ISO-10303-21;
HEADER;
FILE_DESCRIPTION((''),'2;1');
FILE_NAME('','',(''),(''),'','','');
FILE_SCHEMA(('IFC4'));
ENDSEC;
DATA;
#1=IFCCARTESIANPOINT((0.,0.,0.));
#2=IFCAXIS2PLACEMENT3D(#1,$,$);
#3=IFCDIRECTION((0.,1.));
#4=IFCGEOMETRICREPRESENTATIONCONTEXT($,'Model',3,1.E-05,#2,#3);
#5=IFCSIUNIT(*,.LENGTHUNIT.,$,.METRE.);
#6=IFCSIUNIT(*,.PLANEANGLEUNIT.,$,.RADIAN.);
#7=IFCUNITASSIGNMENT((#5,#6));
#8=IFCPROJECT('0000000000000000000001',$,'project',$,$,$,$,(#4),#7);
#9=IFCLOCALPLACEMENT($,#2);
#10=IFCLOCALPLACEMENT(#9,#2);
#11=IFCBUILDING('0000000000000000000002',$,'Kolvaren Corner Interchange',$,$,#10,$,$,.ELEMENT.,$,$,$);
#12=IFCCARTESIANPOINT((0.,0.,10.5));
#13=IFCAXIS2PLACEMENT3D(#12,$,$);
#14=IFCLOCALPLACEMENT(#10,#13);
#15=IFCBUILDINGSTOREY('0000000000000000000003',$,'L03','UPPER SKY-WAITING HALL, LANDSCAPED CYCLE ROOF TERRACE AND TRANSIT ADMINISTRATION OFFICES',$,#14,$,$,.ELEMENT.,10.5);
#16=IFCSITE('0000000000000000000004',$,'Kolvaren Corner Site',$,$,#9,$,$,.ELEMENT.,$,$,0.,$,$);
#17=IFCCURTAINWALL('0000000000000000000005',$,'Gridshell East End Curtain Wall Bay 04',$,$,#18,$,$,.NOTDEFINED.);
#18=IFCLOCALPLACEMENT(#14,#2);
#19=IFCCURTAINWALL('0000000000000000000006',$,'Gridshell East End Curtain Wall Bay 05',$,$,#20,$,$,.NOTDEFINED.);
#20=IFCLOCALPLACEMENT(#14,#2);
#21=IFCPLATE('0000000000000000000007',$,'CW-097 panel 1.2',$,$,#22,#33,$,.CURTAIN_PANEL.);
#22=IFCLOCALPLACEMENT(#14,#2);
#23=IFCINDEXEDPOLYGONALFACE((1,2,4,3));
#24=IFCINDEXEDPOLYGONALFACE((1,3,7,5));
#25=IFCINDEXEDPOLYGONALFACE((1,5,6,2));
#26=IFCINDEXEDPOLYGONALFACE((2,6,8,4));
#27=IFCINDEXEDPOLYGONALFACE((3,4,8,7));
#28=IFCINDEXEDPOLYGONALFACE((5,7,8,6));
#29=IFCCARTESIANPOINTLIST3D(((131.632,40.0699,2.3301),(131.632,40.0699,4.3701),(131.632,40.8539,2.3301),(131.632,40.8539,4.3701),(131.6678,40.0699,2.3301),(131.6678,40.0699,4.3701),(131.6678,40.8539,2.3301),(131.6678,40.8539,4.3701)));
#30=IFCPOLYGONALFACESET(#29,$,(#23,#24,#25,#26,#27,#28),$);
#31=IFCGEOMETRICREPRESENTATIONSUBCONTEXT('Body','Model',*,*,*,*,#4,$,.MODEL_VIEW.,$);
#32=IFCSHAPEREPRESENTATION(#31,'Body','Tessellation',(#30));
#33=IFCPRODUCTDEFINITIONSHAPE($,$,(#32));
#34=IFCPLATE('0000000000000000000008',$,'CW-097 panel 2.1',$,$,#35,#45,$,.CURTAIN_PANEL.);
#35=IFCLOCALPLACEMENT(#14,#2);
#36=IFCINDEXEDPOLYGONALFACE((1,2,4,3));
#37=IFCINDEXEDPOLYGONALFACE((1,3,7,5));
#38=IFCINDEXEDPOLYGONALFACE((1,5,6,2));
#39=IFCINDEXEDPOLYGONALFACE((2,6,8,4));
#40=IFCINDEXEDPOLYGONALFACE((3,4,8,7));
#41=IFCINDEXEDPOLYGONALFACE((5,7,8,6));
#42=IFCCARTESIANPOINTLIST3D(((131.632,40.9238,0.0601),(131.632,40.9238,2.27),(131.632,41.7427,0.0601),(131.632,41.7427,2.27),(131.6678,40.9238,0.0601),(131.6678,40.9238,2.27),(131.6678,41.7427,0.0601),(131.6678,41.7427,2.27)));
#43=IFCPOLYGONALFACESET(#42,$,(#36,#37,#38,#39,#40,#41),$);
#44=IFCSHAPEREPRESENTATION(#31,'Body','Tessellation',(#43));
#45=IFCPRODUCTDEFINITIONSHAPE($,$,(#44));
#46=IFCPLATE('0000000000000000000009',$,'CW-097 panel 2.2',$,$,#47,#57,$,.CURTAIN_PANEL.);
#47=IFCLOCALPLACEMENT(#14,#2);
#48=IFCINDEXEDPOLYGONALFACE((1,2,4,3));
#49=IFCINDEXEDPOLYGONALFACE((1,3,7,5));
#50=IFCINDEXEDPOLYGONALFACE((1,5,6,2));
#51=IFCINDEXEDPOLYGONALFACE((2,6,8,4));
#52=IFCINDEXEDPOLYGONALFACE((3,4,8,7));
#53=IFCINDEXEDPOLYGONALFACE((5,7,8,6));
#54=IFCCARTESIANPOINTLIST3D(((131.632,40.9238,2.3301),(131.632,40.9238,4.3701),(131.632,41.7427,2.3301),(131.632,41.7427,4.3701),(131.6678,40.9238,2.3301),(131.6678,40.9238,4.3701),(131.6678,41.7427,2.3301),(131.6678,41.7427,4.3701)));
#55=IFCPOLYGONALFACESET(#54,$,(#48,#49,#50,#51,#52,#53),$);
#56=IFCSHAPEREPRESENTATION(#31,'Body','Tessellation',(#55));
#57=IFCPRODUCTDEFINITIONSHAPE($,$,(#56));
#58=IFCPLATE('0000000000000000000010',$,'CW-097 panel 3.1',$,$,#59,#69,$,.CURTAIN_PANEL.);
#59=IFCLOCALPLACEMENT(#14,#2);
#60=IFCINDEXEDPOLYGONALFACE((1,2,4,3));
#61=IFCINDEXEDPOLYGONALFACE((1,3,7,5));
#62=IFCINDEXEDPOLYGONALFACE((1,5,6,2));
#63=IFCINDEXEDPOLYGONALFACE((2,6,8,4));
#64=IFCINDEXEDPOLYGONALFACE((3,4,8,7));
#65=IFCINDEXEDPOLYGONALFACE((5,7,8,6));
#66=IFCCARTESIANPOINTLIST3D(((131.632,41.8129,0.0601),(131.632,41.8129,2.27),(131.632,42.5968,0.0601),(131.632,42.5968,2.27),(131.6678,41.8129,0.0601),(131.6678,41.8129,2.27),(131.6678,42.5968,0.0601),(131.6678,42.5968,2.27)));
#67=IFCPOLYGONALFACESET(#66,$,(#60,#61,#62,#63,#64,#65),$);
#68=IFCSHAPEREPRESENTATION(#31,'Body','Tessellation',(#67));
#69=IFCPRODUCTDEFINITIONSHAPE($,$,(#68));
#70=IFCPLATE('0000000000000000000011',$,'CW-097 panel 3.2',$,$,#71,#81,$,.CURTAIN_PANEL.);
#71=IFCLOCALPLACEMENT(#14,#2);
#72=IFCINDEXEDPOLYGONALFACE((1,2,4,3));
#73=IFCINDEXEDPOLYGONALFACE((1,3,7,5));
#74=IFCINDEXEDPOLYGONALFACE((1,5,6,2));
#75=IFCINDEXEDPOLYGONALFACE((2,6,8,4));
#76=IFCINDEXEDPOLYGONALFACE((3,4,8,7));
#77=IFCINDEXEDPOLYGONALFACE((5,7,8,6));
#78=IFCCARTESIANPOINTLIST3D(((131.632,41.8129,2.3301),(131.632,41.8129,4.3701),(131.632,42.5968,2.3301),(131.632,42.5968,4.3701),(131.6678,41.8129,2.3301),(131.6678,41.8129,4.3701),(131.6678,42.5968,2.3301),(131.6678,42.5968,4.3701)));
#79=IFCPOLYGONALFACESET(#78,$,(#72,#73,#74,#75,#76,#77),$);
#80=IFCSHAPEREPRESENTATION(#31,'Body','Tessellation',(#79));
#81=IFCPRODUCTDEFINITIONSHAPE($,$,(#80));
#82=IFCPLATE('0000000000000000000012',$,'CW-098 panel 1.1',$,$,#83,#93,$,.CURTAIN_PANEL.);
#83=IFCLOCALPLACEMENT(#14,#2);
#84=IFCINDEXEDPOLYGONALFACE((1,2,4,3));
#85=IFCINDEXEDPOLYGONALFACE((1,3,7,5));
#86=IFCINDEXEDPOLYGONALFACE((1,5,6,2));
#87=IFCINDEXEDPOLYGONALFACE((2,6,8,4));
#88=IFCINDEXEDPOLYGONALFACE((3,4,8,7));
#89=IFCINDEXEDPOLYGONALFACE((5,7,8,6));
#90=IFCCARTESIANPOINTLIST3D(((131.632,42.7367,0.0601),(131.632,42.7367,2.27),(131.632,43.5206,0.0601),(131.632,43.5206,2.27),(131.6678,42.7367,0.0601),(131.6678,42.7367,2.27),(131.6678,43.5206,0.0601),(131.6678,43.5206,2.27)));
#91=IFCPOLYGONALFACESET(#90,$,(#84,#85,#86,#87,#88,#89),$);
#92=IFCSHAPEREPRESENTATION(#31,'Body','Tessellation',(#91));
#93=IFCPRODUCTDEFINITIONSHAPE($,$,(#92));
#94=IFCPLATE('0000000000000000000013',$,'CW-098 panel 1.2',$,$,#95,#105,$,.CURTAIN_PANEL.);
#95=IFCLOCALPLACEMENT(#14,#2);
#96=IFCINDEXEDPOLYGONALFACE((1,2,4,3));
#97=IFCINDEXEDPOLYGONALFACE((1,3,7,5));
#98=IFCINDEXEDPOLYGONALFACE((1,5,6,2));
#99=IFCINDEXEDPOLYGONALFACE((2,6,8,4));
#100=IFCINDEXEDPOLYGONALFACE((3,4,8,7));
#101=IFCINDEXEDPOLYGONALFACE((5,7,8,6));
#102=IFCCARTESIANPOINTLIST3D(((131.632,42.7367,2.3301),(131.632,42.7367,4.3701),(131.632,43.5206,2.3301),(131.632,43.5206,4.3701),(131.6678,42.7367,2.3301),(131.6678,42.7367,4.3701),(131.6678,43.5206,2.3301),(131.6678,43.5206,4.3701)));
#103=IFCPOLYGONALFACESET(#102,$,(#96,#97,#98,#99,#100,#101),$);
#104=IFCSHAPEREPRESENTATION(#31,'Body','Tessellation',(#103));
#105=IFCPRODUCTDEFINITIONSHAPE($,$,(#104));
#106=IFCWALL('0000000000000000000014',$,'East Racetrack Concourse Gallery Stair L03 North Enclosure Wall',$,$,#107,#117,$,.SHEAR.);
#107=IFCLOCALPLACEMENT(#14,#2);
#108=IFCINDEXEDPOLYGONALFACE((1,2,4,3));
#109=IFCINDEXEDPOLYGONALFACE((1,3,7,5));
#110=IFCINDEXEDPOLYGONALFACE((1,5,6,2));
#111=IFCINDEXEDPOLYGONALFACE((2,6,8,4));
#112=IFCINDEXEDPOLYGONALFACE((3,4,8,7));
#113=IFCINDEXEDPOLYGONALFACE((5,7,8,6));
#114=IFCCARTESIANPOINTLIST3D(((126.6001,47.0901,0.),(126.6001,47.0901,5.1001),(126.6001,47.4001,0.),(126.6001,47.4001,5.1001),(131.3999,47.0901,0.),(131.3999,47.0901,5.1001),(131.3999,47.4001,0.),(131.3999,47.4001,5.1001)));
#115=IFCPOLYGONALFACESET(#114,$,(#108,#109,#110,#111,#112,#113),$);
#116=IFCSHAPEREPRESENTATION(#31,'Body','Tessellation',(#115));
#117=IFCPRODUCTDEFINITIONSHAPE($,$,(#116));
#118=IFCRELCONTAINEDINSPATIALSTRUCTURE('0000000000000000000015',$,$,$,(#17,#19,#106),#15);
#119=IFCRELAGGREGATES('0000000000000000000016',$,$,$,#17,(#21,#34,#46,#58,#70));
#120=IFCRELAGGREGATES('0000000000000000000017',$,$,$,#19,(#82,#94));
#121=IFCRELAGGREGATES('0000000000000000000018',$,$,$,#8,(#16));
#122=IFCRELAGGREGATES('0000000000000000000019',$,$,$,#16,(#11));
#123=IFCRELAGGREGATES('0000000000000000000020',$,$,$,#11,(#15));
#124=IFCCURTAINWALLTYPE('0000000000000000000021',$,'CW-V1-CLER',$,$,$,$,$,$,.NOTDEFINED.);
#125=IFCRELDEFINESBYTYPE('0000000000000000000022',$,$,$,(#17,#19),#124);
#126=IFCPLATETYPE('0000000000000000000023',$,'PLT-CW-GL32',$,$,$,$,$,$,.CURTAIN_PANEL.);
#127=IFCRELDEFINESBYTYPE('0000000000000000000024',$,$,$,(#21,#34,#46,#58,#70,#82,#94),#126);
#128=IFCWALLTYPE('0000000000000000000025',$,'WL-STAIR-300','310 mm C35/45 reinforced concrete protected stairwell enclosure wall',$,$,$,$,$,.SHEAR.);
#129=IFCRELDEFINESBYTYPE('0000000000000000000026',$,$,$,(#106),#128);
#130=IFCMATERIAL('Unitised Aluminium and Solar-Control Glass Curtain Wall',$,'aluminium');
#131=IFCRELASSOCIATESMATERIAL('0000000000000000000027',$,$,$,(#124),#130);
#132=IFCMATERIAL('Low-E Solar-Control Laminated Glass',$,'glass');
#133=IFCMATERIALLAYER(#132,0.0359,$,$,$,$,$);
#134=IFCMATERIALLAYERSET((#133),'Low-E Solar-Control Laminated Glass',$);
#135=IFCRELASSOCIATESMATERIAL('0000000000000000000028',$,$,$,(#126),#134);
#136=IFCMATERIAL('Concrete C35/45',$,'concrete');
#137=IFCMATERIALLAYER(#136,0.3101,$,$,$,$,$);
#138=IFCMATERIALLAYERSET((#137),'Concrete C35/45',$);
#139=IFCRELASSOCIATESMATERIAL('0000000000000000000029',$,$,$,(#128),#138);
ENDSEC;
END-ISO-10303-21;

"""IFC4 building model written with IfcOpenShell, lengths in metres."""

from ifc_helpers import new_model, si_unit, direction, frame, frame_2d, origin, origin_2d, place, context, subcontext, project, spatial, rectangle, extrude, material, layer, layer_set, type_object, element, aggregate, save


model = new_model("IFC4")

# Units and contexts
model_context = context("Model", 3, precision=1e-05, world=origin(), true_north=direction((0.0, 1.0)))
body_context = subcontext(model_context, "Body", "Model", "MODEL_VIEW")
ifc_project = project(units=[si_unit("LENGTHUNIT", "METRE"), si_unit("PLANEANGLEUNIT", "RADIAN")], contexts=[model_context])

# Site, building, storey
site_placement = place(None, origin())
site = spatial("IfcSite", under=ifc_project, at=site_placement, Name="Kolvaren Corner Site", CompositionType="ELEMENT", RefElevation=0.0)
building_placement = place(site_placement, origin())
building = spatial("IfcBuilding", under=site, at=building_placement, Name="Kolvaren Corner Interchange", CompositionType="ELEMENT")
storey_placement = place(building_placement, frame((0.0, 0.0, 10.5)))
storey = spatial("IfcBuildingStorey", under=building, at=storey_placement, Name="L03", Description="UPPER SKY-WAITING HALL, LANDSCAPED CYCLE ROOF TERRACE AND TRANSIT ADMINISTRATION OFFICES", CompositionType="ELEMENT", Elevation=10.5)

# Curtain wall
ifc_material_1 = material(Name="Unitised Aluminium and Solar-Control Glass Curtain Wall", Category="aluminium")
curtain_wall_type = type_object("IfcCurtainWallType", Name="CW-V1-CLER", PredefinedType="NOTDEFINED", material=ifc_material_1)
curtain_wall_1_placement = place(storey_placement, origin())
curtain_wall_1 = element("IfcCurtainWall", 1, at=curtain_wall_1_placement, inside=storey, type_object=curtain_wall_type, Name="Gridshell East End Curtain Wall Bay 04", PredefinedType="NOTDEFINED")

# Curtain wall
curtain_wall_2_placement = place(storey_placement, origin())
curtain_wall_2 = element("IfcCurtainWall", 2, at=curtain_wall_2_placement, inside=storey, type_object=curtain_wall_type, Name="Gridshell East End Curtain Wall Bay 05", PredefinedType="NOTDEFINED")

# Plates
ifc_material_2 = material(Name="Low-E Solar-Control Laminated Glass", Category="glass")
ifc_layer_1 = layer(ifc_material_2, 0.0359)
ifc_layer_set_1 = layer_set([ifc_layer_1], Name="Low-E Solar-Control Laminated Glass")
plate_type = type_object("IfcPlateType", Name="PLT-CW-GL32", PredefinedType="CURTAIN_PANEL", material=ifc_layer_set_1)
plate_1_placement = place(storey_placement, frame((131.6499, 40.4619, 2.3301), z_axis=(0.0, 0.0, 1.0), x_axis=(0.0, 1.0, 0.0)))
plate_1 = element("IfcPlate", 3, at=plate_1_placement, type_object=plate_type, Name="CW-097 panel 1.2", PredefinedType="CURTAIN_PANEL", context=body_context, shape_type="SweptSolid", body=[
    extrude(rectangle(XDim=0.7839, YDim=0.0359, at=origin_2d()), origin(), (0.0, 0.0, 1.0), 2.04),
])
plate_2_placement = place(storey_placement, frame((131.6499, 41.3333, 0.0601), z_axis=(0.0, 0.0, 1.0), x_axis=(0.0, 1.0, 0.0)))
plate_2 = element("IfcPlate", 4, at=plate_2_placement, type_object=plate_type, Name="CW-097 panel 2.1", PredefinedType="CURTAIN_PANEL", context=body_context, shape_type="SweptSolid", body=[
    extrude(rectangle(XDim=0.8188, YDim=0.0359, at=origin_2d()), origin(), (0.0, 0.0, 1.0), 2.21),
])
plate_3_placement = place(storey_placement, frame((131.6499, 41.3333, 2.3301), z_axis=(0.0, 0.0, 1.0), x_axis=(0.0, 1.0, 0.0)))
plate_3 = element("IfcPlate", 5, at=plate_3_placement, type_object=plate_type, Name="CW-097 panel 2.2", PredefinedType="CURTAIN_PANEL", context=body_context, shape_type="SweptSolid", body=[
    extrude(rectangle(XDim=0.8188, YDim=0.0359, at=origin_2d()), origin(), (0.0, 0.0, 1.0), 2.04),
])
plate_4_placement = place(storey_placement, frame((131.6499, 42.2048, 0.0601), z_axis=(0.0, 0.0, 1.0), x_axis=(0.0, 1.0, 0.0)))
plate_4 = element("IfcPlate", 6, at=plate_4_placement, type_object=plate_type, Name="CW-097 panel 3.1", PredefinedType="CURTAIN_PANEL", context=body_context, shape_type="SweptSolid", body=[
    extrude(rectangle(XDim=0.7839, YDim=0.0359, at=origin_2d()), origin(), (0.0, 0.0, 1.0), 2.21),
])
plate_5_placement = place(storey_placement, frame((131.6499, 42.2048, 2.3301), z_axis=(0.0, 0.0, 1.0), x_axis=(0.0, 1.0, 0.0)))
plate_5 = element("IfcPlate", 7, at=plate_5_placement, type_object=plate_type, Name="CW-097 panel 3.2", PredefinedType="CURTAIN_PANEL", context=body_context, shape_type="SweptSolid", body=[
    extrude(rectangle(XDim=0.7839, YDim=0.0359, at=origin_2d()), origin(), (0.0, 0.0, 1.0), 2.04),
])
aggregate(curtain_wall_1, [plate_1, plate_2, plate_3, plate_4, plate_5])
plate_6_placement = place(storey_placement, frame((131.6499, 43.1287, 0.0601), z_axis=(0.0, 0.0, 1.0), x_axis=(0.0, 1.0, 0.0)))
plate_6 = element("IfcPlate", 8, at=plate_6_placement, type_object=plate_type, Name="CW-098 panel 1.1", PredefinedType="CURTAIN_PANEL", context=body_context, shape_type="SweptSolid", body=[
    extrude(rectangle(XDim=0.7839, YDim=0.0359, at=origin_2d()), origin(), (0.0, 0.0, 1.0), 2.21),
])
plate_7_placement = place(storey_placement, frame((131.6499, 43.1287, 2.3301), z_axis=(0.0, 0.0, 1.0), x_axis=(0.0, 1.0, 0.0)))
plate_7 = element("IfcPlate", 9, at=plate_7_placement, type_object=plate_type, Name="CW-098 panel 1.2", PredefinedType="CURTAIN_PANEL", context=body_context, shape_type="SweptSolid", body=[
    extrude(rectangle(XDim=0.7839, YDim=0.0359, at=origin_2d()), origin(), (0.0, 0.0, 1.0), 2.04),
])
aggregate(curtain_wall_2, [plate_6, plate_7])

# Wall
ifc_material_3 = material(Name="Concrete C35/45", Category="concrete")
ifc_layer_2 = layer(ifc_material_3, 0.3101)
ifc_layer_set_2 = layer_set([ifc_layer_2], Name="Concrete C35/45")
wall_type = type_object("IfcWallType", Name="WL-STAIR-300", Description="310 mm C35/45 reinforced concrete protected stairwell enclosure wall", PredefinedType="SHEAR", material=ifc_layer_set_2)
wall_placement = place(storey_placement, frame((126.6001, 47.2451, 0.0), z_axis=(0.0, 0.0, 1.0), x_axis=(1.0, 0.0, 0.0)))
element("IfcWall", 10, at=wall_placement, inside=storey, type_object=wall_type, Name="East Racetrack Concourse Gallery Stair L03 North Enclosure Wall", PredefinedType="SHEAR", context=body_context, shape_type="SweptSolid", body=[
    extrude(rectangle(XDim=4.7998, YDim=0.3101, at=frame_2d((2.3999, 0.0))), origin(), (0.0, 0.0, 1.0), 5.1001),
])

save(model, "model.ifc")
